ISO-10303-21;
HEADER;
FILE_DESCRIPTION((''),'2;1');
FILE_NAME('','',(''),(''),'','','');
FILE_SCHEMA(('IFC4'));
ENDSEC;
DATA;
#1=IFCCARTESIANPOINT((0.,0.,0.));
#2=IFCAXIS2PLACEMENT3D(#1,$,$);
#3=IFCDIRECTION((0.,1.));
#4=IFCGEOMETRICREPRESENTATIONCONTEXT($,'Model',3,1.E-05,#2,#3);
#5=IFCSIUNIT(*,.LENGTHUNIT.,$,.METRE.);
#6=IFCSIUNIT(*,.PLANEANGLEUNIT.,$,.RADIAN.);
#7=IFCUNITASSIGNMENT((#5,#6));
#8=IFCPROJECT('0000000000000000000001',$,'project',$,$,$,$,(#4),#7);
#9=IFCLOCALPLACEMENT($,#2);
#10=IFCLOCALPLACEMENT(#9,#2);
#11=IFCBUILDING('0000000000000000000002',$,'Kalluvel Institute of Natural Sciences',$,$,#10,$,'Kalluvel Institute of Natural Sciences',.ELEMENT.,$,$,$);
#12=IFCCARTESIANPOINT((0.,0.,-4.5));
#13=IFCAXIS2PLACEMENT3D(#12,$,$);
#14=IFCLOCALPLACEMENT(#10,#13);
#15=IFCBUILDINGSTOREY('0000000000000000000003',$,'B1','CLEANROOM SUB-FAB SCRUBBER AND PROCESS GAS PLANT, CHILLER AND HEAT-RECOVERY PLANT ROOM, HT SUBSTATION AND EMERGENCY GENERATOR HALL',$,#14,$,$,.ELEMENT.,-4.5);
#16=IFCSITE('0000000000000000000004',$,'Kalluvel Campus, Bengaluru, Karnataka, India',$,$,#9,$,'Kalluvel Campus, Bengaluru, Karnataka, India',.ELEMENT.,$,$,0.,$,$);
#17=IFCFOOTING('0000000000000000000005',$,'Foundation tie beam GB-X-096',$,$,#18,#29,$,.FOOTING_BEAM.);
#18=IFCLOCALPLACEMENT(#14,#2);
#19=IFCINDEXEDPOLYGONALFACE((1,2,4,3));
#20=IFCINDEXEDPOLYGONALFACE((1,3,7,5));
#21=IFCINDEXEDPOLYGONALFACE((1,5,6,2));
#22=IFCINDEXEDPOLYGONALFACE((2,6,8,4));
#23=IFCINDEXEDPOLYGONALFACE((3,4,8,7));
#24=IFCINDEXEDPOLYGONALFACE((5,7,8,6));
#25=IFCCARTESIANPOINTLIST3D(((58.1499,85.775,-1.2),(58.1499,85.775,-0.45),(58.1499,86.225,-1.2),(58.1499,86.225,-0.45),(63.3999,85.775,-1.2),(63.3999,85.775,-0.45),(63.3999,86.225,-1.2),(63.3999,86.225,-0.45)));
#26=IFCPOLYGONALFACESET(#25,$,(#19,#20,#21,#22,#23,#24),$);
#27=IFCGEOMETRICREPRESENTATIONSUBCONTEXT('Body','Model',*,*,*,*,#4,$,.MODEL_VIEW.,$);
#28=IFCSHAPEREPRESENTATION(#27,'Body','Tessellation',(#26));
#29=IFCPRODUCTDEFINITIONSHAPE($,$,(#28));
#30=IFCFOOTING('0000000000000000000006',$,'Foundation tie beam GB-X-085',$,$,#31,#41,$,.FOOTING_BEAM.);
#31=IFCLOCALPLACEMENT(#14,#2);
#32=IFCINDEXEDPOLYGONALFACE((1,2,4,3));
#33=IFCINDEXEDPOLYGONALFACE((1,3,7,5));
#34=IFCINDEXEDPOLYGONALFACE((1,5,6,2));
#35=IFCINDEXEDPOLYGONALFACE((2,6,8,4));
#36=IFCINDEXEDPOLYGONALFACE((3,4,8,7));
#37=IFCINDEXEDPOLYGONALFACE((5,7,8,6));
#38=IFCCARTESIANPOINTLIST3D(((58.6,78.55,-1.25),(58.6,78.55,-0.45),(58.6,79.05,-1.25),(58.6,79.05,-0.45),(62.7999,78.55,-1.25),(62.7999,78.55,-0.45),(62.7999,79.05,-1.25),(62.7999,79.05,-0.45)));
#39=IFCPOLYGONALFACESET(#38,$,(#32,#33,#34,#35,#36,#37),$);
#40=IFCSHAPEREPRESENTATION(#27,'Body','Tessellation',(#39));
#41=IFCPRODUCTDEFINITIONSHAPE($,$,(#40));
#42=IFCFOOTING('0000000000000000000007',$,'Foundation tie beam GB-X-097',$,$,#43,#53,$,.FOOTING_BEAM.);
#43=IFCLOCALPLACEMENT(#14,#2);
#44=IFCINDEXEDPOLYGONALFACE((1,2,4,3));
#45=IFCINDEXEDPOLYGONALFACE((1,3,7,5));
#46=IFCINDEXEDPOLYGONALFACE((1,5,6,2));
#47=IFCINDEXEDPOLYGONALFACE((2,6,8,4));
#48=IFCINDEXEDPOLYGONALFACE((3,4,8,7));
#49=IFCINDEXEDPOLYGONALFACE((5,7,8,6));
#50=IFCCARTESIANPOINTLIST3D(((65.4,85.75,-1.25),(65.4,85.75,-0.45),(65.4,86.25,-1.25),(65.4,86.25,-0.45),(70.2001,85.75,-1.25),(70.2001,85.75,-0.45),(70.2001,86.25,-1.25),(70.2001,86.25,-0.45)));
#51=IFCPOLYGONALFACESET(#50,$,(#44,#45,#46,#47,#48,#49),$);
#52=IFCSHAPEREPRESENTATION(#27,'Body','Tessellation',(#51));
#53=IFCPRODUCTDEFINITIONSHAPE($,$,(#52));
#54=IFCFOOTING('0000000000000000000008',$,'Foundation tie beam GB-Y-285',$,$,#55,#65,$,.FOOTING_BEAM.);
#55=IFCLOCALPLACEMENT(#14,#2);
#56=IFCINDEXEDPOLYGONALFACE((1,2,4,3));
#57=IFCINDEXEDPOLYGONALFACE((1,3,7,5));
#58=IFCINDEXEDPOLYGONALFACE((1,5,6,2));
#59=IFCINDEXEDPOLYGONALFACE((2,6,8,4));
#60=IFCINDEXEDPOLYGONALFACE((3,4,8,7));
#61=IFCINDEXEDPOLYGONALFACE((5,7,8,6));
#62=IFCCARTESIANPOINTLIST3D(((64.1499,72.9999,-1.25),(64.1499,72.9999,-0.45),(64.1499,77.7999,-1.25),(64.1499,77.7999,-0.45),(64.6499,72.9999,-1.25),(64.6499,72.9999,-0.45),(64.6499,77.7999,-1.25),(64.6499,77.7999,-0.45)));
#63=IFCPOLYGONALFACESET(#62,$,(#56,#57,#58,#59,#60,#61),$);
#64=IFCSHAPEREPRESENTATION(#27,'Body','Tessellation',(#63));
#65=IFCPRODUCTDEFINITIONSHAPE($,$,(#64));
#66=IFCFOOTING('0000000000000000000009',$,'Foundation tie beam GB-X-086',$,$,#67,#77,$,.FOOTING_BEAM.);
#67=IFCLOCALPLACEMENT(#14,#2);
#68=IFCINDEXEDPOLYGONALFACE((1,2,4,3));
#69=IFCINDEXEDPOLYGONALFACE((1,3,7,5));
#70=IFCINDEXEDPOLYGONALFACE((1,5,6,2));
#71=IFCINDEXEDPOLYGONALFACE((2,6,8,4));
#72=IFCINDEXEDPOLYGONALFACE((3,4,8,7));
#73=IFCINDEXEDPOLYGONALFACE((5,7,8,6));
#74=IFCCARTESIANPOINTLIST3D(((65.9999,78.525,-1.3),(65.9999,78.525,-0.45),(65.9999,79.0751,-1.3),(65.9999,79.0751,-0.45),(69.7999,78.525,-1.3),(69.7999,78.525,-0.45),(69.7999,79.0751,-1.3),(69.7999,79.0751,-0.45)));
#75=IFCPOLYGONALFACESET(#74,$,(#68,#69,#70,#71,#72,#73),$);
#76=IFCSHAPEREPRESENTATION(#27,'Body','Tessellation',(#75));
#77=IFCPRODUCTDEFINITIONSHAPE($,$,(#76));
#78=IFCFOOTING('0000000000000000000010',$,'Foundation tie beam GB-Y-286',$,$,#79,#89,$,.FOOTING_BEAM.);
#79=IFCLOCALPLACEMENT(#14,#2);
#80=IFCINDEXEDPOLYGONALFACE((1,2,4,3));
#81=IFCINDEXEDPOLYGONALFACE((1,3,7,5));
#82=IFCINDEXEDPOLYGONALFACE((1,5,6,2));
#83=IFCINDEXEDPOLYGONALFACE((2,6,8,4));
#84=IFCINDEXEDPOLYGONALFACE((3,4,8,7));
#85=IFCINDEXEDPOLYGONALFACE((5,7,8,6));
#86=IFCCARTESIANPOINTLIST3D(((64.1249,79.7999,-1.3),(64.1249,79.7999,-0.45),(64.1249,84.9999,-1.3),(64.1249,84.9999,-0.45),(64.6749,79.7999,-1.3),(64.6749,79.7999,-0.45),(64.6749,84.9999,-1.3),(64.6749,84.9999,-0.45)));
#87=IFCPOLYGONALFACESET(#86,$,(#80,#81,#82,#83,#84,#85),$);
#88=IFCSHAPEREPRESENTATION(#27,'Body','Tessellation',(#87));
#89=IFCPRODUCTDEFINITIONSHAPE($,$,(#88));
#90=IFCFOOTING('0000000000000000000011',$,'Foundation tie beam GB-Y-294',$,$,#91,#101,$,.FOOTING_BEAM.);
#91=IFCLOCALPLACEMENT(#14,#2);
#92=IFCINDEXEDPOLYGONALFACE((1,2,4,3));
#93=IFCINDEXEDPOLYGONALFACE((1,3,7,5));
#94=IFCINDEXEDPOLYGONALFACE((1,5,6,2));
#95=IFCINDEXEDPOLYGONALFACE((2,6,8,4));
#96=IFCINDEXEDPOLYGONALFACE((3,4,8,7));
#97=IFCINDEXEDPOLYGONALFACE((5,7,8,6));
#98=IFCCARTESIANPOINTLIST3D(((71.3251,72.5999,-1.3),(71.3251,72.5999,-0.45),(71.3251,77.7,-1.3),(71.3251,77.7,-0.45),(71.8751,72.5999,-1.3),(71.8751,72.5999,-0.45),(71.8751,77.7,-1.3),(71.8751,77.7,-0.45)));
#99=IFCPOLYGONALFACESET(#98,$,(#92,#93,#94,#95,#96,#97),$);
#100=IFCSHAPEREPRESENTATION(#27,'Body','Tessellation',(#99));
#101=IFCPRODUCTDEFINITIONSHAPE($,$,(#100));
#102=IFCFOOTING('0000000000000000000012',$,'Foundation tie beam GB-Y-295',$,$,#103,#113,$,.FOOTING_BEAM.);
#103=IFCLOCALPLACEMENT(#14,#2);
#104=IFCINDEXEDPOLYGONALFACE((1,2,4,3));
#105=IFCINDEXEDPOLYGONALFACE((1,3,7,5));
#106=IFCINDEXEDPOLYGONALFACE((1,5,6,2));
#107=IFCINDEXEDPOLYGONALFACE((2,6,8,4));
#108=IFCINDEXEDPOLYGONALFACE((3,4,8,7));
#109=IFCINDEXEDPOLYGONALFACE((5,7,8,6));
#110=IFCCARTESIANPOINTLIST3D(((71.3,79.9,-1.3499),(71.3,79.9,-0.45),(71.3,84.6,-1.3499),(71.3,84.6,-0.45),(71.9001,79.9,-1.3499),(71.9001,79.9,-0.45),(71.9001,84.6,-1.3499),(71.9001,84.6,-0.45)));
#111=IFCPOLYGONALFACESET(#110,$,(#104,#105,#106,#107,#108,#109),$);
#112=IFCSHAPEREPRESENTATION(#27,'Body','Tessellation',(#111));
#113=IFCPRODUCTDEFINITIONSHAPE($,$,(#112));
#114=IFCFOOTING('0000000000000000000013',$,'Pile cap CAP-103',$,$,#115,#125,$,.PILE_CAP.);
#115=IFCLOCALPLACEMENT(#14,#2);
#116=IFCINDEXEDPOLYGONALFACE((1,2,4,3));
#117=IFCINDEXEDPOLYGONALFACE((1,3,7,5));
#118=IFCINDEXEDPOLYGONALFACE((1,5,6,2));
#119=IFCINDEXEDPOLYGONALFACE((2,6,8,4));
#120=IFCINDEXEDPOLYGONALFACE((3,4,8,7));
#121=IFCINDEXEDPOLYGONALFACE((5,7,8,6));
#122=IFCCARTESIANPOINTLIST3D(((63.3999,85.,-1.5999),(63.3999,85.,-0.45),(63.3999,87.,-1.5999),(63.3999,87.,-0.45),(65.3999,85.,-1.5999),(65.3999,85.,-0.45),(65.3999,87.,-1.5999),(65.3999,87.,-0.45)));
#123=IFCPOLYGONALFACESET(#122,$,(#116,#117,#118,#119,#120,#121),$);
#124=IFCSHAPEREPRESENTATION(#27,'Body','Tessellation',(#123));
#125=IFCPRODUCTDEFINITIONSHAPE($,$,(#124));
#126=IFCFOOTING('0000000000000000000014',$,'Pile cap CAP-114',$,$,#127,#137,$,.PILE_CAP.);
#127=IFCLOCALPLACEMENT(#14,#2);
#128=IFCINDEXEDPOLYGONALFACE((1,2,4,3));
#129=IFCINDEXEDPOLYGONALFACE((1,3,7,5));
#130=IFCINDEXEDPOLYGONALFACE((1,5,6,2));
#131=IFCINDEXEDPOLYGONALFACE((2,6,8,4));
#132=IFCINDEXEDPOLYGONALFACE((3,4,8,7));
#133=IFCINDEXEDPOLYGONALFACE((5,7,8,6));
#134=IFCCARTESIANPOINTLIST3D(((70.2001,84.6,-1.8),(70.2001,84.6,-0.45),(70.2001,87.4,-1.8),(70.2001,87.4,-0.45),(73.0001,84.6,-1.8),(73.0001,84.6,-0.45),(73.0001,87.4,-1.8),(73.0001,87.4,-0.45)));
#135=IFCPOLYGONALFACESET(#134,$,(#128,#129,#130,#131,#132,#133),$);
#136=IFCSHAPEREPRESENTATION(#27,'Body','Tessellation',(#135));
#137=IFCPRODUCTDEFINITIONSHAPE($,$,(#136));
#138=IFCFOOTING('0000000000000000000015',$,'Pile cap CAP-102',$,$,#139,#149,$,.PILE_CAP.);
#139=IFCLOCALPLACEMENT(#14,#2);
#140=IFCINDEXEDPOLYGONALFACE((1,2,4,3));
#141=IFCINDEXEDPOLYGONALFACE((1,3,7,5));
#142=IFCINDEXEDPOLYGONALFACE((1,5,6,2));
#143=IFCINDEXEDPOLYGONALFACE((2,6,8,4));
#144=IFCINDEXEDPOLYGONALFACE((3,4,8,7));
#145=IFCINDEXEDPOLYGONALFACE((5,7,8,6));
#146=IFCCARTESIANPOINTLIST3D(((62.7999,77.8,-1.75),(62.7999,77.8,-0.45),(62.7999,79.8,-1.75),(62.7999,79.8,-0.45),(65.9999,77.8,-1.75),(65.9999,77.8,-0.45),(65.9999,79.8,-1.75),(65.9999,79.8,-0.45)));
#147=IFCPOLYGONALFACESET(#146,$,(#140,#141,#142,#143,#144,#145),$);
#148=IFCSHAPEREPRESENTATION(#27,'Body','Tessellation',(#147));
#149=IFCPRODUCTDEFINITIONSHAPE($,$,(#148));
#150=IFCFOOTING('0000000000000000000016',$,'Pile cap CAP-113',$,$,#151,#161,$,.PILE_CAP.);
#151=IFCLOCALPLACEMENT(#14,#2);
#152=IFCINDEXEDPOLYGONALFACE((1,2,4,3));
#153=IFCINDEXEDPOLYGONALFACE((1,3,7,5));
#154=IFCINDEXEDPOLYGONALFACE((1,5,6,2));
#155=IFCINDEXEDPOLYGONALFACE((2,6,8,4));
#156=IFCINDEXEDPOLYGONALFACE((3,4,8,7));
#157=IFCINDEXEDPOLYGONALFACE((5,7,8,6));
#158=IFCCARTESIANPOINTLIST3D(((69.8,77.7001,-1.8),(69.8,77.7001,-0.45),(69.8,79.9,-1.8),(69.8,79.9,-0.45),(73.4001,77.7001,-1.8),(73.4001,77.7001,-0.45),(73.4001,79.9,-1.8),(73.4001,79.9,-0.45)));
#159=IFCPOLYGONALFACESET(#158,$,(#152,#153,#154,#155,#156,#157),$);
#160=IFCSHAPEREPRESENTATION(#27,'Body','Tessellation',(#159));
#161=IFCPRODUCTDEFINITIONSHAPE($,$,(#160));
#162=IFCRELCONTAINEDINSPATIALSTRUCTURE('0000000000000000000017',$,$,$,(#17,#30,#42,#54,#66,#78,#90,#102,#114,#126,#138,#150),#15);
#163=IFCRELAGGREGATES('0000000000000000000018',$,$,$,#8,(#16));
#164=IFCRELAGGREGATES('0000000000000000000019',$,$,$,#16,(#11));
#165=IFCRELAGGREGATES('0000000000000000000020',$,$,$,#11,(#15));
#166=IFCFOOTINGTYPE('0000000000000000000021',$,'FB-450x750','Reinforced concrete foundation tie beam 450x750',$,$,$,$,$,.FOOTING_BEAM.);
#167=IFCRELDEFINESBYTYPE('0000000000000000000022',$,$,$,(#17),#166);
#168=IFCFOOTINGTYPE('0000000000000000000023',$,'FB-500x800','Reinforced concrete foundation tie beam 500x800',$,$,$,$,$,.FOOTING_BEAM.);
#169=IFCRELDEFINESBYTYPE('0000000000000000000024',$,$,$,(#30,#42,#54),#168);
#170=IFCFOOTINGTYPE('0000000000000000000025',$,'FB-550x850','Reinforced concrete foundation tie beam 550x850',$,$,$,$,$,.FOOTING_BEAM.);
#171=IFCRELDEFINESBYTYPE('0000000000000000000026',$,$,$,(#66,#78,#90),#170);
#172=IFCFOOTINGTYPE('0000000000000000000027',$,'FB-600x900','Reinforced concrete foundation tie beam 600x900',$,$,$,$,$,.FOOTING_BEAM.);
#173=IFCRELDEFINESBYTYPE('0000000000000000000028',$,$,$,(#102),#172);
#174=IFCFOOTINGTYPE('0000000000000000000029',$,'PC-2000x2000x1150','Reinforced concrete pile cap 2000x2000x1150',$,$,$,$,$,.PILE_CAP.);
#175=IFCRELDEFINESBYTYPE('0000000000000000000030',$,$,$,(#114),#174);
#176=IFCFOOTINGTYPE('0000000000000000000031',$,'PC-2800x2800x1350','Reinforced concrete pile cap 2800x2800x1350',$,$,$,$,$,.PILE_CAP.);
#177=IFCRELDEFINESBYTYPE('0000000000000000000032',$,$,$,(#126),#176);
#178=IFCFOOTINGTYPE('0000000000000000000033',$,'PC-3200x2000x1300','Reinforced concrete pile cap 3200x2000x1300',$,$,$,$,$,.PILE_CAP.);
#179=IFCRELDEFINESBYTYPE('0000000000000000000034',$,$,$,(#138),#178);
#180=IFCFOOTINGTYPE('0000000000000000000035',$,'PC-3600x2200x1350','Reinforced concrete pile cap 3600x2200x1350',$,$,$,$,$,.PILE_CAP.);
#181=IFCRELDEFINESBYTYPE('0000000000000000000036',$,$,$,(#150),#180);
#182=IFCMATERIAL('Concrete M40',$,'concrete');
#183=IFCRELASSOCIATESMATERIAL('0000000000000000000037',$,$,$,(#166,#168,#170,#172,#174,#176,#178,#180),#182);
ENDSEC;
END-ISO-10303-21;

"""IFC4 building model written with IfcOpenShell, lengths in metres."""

from ifc_helpers import new_model, si_unit, direction, frame, origin, origin_2d, place, context, subcontext, project, spatial, rectangle, extrude, material, type_object, element, save


model = new_model("IFC4")

# Units and contexts
model_context = context("Model", 3, precision=1e-05, world=origin(), true_north=direction((0.0, 1.0)))
body_context = subcontext(model_context, "Body", "Model", "MODEL_VIEW")
ifc_project = project(units=[si_unit("LENGTHUNIT", "METRE"), si_unit("PLANEANGLEUNIT", "RADIAN")], contexts=[model_context])

# Site, building, storey
site_placement = place(None, origin())
site = spatial("IfcSite", under=ifc_project, at=site_placement, Name="Kalluvel Campus, Bengaluru, Karnataka, India", LongName="Kalluvel Campus, Bengaluru, Karnataka, India", CompositionType="ELEMENT", RefElevation=0.0)
building_placement = place(site_placement, origin())
building = spatial("IfcBuilding", under=site, at=building_placement, Name="Kalluvel Institute of Natural Sciences", LongName="Kalluvel Institute of Natural Sciences", CompositionType="ELEMENT")
storey_placement = place(building_placement, frame((0.0, 0.0, -4.5)))
storey = spatial("IfcBuildingStorey", under=building, at=storey_placement, Name="B1", Description="CLEANROOM SUB-FAB SCRUBBER AND PROCESS GAS PLANT, CHILLER AND HEAT-RECOVERY PLANT ROOM, HT SUBSTATION AND EMERGENCY GENERATOR HALL", CompositionType="ELEMENT", Elevation=-4.5)

# Footings
ifc_material_1 = material(Name="Concrete M40", Category="concrete")
footing_type_1 = type_object("IfcFootingType", Name="FB-450x750", Description="Reinforced concrete foundation tie beam 450x750", PredefinedType="FOOTING_BEAM", material=ifc_material_1)
footing_1_placement = place(storey_placement, frame((60.7749, 86.0, -1.2), z_axis=(0.0, 0.0, 1.0), x_axis=(1.0, 0.0, 0.0)))
element("IfcFooting", 1, at=footing_1_placement, inside=storey, type_object=footing_type_1, Name="Foundation tie beam GB-X-096", PredefinedType="FOOTING_BEAM", context=body_context, shape_type="SweptSolid", body=[
    extrude(rectangle(XDim=5.25, YDim=0.45, at=origin_2d()), origin(), (0.0, 0.0, 1.0), 0.75),
])
footing_type_2 = type_object("IfcFootingType", Name="FB-500x800", Description="Reinforced concrete foundation tie beam 500x800", PredefinedType="FOOTING_BEAM", material=ifc_material_1)
footing_2_placement = place(storey_placement, frame((60.7, 78.8, -1.25), z_axis=(0.0, 0.0, 1.0), x_axis=(1.0, 0.0, 0.0)))
element("IfcFooting", 2, at=footing_2_placement, inside=storey, type_object=footing_type_2, Name="Foundation tie beam GB-X-085", PredefinedType="FOOTING_BEAM", context=body_context, shape_type="SweptSolid", body=[
    extrude(rectangle(XDim=4.2, YDim=0.5, at=origin_2d()), origin(), (0.0, 0.0, 1.0), 0.8),
])
footing_3_placement = place(storey_placement, frame((67.8, 86.0, -1.25), z_axis=(0.0, 0.0, 1.0), x_axis=(1.0, 0.0, 0.0)))
element("IfcFooting", 3, at=footing_3_placement, inside=storey, type_object=footing_type_2, Name="Foundation tie beam GB-X-097", PredefinedType="FOOTING_BEAM", context=body_context, shape_type="SweptSolid", body=[
    extrude(rectangle(XDim=4.8, YDim=0.5, at=origin_2d()), origin(), (0.0, 0.0, 1.0), 0.8),
])
footing_4_placement = place(storey_placement, frame((64.3999, 75.3999, -1.25), z_axis=(0.0, 0.0, 1.0), x_axis=(1.0, 0.0, 0.0)))
element("IfcFooting", 4, at=footing_4_placement, inside=storey, type_object=footing_type_2, Name="Foundation tie beam GB-Y-285", PredefinedType="FOOTING_BEAM", context=body_context, shape_type="SweptSolid", body=[
    extrude(rectangle(XDim=0.5, YDim=4.8, at=origin_2d()), origin(), (0.0, 0.0, 1.0), 0.8),
])
footing_type_3 = type_object("IfcFootingType", Name="FB-550x850", Description="Reinforced concrete foundation tie beam 550x850", PredefinedType="FOOTING_BEAM", material=ifc_material_1)
footing_5_placement = place(storey_placement, frame((67.8999, 78.8, -1.3), z_axis=(0.0, 0.0, 1.0), x_axis=(1.0, 0.0, 0.0)))
element("IfcFooting", 5, at=footing_5_placement, inside=storey, type_object=footing_type_3, Name="Foundation tie beam GB-X-086", PredefinedType="FOOTING_BEAM", context=body_context, shape_type="SweptSolid", body=[
    extrude(rectangle(XDim=3.8, YDim=0.55, at=origin_2d()), origin(), (0.0, 0.0, 1.0), 0.8501),
])
footing_6_placement = place(storey_placement, frame((64.3999, 82.3999, -1.3), z_axis=(0.0, 0.0, 1.0), x_axis=(1.0, 0.0, 0.0)))
element("IfcFooting", 6, at=footing_6_placement, inside=storey, type_object=footing_type_3, Name="Foundation tie beam GB-Y-286", PredefinedType="FOOTING_BEAM", context=body_context, shape_type="SweptSolid", body=[
    extrude(rectangle(XDim=0.55, YDim=5.2, at=origin_2d()), origin(), (0.0, 0.0, 1.0), 0.8501),
])
footing_7_placement = place(storey_placement, frame((71.6001, 75.1499, -1.3), z_axis=(0.0, 0.0, 1.0), x_axis=(1.0, 0.0, 0.0)))
element("IfcFooting", 7, at=footing_7_placement, inside=storey, type_object=footing_type_3, Name="Foundation tie beam GB-Y-294", PredefinedType="FOOTING_BEAM", context=body_context, shape_type="SweptSolid", body=[
    extrude(rectangle(XDim=0.55, YDim=5.1001, at=origin_2d()), origin(), (0.0, 0.0, 1.0), 0.8501),
])
footing_type_4 = type_object("IfcFootingType", Name="FB-600x900", Description="Reinforced concrete foundation tie beam 600x900", PredefinedType="FOOTING_BEAM", material=ifc_material_1)
footing_8_placement = place(storey_placement, frame((71.6001, 82.25, -1.3499), z_axis=(0.0, 0.0, 1.0), x_axis=(1.0, 0.0, 0.0)))
element("IfcFooting", 8, at=footing_8_placement, inside=storey, type_object=footing_type_4, Name="Foundation tie beam GB-Y-295", PredefinedType="FOOTING_BEAM", context=body_context, shape_type="SweptSolid", body=[
    extrude(rectangle(XDim=0.6001, YDim=4.7, at=origin_2d()), origin(), (0.0, 0.0, 1.0), 0.8999),
])
footing_type_5 = type_object("IfcFootingType", Name="PC-2000x2000x1150", Description="Reinforced concrete pile cap 2000x2000x1150", PredefinedType="PILE_CAP", material=ifc_material_1)
footing_9_placement = place(storey_placement, frame((64.3999, 86.0, -1.5999), z_axis=(0.0, 0.0, 1.0), x_axis=(1.0, 0.0, 0.0)))
element("IfcFooting", 9, at=footing_9_placement, inside=storey, type_object=footing_type_5, Name="Pile cap CAP-103", PredefinedType="PILE_CAP", context=body_context, shape_type="SweptSolid", body=[
    extrude(rectangle(XDim=2.0, YDim=2.0, at=origin_2d()), origin(), (0.0, 0.0, 1.0), 1.1499),
])
footing_type_6 = type_object("IfcFootingType", Name="PC-2800x2800x1350", Description="Reinforced concrete pile cap 2800x2800x1350", PredefinedType="PILE_CAP", material=ifc_material_1)
footing_10_placement = place(storey_placement, frame((71.6001, 86.0, -1.8), z_axis=(0.0, 0.0, 1.0), x_axis=(1.0, 0.0, 0.0)))
element("IfcFooting", 10, at=footing_10_placement, inside=storey, type_object=footing_type_6, Name="Pile cap CAP-114", PredefinedType="PILE_CAP", context=body_context, shape_type="SweptSolid", body=[
    extrude(rectangle(XDim=2.8, YDim=2.8, at=origin_2d()), origin(), (0.0, 0.0, 1.0), 1.3501),
])
footing_type_7 = type_object("IfcFootingType", Name="PC-3200x2000x1300", Description="Reinforced concrete pile cap 3200x2000x1300", PredefinedType="PILE_CAP", material=ifc_material_1)
footing_11_placement = place(storey_placement, frame((64.3999, 78.8, -1.75), z_axis=(0.0, 0.0, 1.0), x_axis=(1.0, 0.0, 0.0)))
element("IfcFooting", 11, at=footing_11_placement, inside=storey, type_object=footing_type_7, Name="Pile cap CAP-102", PredefinedType="PILE_CAP", context=body_context, shape_type="SweptSolid", body=[
    extrude(rectangle(XDim=3.2, YDim=2.0, at=origin_2d()), origin(), (0.0, 0.0, 1.0), 1.3),
])
footing_type_8 = type_object("IfcFootingType", Name="PC-3600x2200x1350", Description="Reinforced concrete pile cap 3600x2200x1350", PredefinedType="PILE_CAP", material=ifc_material_1)
footing_12_placement = place(storey_placement, frame((71.6001, 78.8, -1.8), z_axis=(0.0, 0.0, 1.0), x_axis=(1.0, 0.0, 0.0)))
element("IfcFooting", 12, at=footing_12_placement, inside=storey, type_object=footing_type_8, Name="Pile cap CAP-113", PredefinedType="PILE_CAP", context=body_context, shape_type="SweptSolid", body=[
    extrude(rectangle(XDim=3.6001, YDim=2.2, at=origin_2d()), origin(), (0.0, 0.0, 1.0), 1.3501),
])

save(model, "model.ifc")
